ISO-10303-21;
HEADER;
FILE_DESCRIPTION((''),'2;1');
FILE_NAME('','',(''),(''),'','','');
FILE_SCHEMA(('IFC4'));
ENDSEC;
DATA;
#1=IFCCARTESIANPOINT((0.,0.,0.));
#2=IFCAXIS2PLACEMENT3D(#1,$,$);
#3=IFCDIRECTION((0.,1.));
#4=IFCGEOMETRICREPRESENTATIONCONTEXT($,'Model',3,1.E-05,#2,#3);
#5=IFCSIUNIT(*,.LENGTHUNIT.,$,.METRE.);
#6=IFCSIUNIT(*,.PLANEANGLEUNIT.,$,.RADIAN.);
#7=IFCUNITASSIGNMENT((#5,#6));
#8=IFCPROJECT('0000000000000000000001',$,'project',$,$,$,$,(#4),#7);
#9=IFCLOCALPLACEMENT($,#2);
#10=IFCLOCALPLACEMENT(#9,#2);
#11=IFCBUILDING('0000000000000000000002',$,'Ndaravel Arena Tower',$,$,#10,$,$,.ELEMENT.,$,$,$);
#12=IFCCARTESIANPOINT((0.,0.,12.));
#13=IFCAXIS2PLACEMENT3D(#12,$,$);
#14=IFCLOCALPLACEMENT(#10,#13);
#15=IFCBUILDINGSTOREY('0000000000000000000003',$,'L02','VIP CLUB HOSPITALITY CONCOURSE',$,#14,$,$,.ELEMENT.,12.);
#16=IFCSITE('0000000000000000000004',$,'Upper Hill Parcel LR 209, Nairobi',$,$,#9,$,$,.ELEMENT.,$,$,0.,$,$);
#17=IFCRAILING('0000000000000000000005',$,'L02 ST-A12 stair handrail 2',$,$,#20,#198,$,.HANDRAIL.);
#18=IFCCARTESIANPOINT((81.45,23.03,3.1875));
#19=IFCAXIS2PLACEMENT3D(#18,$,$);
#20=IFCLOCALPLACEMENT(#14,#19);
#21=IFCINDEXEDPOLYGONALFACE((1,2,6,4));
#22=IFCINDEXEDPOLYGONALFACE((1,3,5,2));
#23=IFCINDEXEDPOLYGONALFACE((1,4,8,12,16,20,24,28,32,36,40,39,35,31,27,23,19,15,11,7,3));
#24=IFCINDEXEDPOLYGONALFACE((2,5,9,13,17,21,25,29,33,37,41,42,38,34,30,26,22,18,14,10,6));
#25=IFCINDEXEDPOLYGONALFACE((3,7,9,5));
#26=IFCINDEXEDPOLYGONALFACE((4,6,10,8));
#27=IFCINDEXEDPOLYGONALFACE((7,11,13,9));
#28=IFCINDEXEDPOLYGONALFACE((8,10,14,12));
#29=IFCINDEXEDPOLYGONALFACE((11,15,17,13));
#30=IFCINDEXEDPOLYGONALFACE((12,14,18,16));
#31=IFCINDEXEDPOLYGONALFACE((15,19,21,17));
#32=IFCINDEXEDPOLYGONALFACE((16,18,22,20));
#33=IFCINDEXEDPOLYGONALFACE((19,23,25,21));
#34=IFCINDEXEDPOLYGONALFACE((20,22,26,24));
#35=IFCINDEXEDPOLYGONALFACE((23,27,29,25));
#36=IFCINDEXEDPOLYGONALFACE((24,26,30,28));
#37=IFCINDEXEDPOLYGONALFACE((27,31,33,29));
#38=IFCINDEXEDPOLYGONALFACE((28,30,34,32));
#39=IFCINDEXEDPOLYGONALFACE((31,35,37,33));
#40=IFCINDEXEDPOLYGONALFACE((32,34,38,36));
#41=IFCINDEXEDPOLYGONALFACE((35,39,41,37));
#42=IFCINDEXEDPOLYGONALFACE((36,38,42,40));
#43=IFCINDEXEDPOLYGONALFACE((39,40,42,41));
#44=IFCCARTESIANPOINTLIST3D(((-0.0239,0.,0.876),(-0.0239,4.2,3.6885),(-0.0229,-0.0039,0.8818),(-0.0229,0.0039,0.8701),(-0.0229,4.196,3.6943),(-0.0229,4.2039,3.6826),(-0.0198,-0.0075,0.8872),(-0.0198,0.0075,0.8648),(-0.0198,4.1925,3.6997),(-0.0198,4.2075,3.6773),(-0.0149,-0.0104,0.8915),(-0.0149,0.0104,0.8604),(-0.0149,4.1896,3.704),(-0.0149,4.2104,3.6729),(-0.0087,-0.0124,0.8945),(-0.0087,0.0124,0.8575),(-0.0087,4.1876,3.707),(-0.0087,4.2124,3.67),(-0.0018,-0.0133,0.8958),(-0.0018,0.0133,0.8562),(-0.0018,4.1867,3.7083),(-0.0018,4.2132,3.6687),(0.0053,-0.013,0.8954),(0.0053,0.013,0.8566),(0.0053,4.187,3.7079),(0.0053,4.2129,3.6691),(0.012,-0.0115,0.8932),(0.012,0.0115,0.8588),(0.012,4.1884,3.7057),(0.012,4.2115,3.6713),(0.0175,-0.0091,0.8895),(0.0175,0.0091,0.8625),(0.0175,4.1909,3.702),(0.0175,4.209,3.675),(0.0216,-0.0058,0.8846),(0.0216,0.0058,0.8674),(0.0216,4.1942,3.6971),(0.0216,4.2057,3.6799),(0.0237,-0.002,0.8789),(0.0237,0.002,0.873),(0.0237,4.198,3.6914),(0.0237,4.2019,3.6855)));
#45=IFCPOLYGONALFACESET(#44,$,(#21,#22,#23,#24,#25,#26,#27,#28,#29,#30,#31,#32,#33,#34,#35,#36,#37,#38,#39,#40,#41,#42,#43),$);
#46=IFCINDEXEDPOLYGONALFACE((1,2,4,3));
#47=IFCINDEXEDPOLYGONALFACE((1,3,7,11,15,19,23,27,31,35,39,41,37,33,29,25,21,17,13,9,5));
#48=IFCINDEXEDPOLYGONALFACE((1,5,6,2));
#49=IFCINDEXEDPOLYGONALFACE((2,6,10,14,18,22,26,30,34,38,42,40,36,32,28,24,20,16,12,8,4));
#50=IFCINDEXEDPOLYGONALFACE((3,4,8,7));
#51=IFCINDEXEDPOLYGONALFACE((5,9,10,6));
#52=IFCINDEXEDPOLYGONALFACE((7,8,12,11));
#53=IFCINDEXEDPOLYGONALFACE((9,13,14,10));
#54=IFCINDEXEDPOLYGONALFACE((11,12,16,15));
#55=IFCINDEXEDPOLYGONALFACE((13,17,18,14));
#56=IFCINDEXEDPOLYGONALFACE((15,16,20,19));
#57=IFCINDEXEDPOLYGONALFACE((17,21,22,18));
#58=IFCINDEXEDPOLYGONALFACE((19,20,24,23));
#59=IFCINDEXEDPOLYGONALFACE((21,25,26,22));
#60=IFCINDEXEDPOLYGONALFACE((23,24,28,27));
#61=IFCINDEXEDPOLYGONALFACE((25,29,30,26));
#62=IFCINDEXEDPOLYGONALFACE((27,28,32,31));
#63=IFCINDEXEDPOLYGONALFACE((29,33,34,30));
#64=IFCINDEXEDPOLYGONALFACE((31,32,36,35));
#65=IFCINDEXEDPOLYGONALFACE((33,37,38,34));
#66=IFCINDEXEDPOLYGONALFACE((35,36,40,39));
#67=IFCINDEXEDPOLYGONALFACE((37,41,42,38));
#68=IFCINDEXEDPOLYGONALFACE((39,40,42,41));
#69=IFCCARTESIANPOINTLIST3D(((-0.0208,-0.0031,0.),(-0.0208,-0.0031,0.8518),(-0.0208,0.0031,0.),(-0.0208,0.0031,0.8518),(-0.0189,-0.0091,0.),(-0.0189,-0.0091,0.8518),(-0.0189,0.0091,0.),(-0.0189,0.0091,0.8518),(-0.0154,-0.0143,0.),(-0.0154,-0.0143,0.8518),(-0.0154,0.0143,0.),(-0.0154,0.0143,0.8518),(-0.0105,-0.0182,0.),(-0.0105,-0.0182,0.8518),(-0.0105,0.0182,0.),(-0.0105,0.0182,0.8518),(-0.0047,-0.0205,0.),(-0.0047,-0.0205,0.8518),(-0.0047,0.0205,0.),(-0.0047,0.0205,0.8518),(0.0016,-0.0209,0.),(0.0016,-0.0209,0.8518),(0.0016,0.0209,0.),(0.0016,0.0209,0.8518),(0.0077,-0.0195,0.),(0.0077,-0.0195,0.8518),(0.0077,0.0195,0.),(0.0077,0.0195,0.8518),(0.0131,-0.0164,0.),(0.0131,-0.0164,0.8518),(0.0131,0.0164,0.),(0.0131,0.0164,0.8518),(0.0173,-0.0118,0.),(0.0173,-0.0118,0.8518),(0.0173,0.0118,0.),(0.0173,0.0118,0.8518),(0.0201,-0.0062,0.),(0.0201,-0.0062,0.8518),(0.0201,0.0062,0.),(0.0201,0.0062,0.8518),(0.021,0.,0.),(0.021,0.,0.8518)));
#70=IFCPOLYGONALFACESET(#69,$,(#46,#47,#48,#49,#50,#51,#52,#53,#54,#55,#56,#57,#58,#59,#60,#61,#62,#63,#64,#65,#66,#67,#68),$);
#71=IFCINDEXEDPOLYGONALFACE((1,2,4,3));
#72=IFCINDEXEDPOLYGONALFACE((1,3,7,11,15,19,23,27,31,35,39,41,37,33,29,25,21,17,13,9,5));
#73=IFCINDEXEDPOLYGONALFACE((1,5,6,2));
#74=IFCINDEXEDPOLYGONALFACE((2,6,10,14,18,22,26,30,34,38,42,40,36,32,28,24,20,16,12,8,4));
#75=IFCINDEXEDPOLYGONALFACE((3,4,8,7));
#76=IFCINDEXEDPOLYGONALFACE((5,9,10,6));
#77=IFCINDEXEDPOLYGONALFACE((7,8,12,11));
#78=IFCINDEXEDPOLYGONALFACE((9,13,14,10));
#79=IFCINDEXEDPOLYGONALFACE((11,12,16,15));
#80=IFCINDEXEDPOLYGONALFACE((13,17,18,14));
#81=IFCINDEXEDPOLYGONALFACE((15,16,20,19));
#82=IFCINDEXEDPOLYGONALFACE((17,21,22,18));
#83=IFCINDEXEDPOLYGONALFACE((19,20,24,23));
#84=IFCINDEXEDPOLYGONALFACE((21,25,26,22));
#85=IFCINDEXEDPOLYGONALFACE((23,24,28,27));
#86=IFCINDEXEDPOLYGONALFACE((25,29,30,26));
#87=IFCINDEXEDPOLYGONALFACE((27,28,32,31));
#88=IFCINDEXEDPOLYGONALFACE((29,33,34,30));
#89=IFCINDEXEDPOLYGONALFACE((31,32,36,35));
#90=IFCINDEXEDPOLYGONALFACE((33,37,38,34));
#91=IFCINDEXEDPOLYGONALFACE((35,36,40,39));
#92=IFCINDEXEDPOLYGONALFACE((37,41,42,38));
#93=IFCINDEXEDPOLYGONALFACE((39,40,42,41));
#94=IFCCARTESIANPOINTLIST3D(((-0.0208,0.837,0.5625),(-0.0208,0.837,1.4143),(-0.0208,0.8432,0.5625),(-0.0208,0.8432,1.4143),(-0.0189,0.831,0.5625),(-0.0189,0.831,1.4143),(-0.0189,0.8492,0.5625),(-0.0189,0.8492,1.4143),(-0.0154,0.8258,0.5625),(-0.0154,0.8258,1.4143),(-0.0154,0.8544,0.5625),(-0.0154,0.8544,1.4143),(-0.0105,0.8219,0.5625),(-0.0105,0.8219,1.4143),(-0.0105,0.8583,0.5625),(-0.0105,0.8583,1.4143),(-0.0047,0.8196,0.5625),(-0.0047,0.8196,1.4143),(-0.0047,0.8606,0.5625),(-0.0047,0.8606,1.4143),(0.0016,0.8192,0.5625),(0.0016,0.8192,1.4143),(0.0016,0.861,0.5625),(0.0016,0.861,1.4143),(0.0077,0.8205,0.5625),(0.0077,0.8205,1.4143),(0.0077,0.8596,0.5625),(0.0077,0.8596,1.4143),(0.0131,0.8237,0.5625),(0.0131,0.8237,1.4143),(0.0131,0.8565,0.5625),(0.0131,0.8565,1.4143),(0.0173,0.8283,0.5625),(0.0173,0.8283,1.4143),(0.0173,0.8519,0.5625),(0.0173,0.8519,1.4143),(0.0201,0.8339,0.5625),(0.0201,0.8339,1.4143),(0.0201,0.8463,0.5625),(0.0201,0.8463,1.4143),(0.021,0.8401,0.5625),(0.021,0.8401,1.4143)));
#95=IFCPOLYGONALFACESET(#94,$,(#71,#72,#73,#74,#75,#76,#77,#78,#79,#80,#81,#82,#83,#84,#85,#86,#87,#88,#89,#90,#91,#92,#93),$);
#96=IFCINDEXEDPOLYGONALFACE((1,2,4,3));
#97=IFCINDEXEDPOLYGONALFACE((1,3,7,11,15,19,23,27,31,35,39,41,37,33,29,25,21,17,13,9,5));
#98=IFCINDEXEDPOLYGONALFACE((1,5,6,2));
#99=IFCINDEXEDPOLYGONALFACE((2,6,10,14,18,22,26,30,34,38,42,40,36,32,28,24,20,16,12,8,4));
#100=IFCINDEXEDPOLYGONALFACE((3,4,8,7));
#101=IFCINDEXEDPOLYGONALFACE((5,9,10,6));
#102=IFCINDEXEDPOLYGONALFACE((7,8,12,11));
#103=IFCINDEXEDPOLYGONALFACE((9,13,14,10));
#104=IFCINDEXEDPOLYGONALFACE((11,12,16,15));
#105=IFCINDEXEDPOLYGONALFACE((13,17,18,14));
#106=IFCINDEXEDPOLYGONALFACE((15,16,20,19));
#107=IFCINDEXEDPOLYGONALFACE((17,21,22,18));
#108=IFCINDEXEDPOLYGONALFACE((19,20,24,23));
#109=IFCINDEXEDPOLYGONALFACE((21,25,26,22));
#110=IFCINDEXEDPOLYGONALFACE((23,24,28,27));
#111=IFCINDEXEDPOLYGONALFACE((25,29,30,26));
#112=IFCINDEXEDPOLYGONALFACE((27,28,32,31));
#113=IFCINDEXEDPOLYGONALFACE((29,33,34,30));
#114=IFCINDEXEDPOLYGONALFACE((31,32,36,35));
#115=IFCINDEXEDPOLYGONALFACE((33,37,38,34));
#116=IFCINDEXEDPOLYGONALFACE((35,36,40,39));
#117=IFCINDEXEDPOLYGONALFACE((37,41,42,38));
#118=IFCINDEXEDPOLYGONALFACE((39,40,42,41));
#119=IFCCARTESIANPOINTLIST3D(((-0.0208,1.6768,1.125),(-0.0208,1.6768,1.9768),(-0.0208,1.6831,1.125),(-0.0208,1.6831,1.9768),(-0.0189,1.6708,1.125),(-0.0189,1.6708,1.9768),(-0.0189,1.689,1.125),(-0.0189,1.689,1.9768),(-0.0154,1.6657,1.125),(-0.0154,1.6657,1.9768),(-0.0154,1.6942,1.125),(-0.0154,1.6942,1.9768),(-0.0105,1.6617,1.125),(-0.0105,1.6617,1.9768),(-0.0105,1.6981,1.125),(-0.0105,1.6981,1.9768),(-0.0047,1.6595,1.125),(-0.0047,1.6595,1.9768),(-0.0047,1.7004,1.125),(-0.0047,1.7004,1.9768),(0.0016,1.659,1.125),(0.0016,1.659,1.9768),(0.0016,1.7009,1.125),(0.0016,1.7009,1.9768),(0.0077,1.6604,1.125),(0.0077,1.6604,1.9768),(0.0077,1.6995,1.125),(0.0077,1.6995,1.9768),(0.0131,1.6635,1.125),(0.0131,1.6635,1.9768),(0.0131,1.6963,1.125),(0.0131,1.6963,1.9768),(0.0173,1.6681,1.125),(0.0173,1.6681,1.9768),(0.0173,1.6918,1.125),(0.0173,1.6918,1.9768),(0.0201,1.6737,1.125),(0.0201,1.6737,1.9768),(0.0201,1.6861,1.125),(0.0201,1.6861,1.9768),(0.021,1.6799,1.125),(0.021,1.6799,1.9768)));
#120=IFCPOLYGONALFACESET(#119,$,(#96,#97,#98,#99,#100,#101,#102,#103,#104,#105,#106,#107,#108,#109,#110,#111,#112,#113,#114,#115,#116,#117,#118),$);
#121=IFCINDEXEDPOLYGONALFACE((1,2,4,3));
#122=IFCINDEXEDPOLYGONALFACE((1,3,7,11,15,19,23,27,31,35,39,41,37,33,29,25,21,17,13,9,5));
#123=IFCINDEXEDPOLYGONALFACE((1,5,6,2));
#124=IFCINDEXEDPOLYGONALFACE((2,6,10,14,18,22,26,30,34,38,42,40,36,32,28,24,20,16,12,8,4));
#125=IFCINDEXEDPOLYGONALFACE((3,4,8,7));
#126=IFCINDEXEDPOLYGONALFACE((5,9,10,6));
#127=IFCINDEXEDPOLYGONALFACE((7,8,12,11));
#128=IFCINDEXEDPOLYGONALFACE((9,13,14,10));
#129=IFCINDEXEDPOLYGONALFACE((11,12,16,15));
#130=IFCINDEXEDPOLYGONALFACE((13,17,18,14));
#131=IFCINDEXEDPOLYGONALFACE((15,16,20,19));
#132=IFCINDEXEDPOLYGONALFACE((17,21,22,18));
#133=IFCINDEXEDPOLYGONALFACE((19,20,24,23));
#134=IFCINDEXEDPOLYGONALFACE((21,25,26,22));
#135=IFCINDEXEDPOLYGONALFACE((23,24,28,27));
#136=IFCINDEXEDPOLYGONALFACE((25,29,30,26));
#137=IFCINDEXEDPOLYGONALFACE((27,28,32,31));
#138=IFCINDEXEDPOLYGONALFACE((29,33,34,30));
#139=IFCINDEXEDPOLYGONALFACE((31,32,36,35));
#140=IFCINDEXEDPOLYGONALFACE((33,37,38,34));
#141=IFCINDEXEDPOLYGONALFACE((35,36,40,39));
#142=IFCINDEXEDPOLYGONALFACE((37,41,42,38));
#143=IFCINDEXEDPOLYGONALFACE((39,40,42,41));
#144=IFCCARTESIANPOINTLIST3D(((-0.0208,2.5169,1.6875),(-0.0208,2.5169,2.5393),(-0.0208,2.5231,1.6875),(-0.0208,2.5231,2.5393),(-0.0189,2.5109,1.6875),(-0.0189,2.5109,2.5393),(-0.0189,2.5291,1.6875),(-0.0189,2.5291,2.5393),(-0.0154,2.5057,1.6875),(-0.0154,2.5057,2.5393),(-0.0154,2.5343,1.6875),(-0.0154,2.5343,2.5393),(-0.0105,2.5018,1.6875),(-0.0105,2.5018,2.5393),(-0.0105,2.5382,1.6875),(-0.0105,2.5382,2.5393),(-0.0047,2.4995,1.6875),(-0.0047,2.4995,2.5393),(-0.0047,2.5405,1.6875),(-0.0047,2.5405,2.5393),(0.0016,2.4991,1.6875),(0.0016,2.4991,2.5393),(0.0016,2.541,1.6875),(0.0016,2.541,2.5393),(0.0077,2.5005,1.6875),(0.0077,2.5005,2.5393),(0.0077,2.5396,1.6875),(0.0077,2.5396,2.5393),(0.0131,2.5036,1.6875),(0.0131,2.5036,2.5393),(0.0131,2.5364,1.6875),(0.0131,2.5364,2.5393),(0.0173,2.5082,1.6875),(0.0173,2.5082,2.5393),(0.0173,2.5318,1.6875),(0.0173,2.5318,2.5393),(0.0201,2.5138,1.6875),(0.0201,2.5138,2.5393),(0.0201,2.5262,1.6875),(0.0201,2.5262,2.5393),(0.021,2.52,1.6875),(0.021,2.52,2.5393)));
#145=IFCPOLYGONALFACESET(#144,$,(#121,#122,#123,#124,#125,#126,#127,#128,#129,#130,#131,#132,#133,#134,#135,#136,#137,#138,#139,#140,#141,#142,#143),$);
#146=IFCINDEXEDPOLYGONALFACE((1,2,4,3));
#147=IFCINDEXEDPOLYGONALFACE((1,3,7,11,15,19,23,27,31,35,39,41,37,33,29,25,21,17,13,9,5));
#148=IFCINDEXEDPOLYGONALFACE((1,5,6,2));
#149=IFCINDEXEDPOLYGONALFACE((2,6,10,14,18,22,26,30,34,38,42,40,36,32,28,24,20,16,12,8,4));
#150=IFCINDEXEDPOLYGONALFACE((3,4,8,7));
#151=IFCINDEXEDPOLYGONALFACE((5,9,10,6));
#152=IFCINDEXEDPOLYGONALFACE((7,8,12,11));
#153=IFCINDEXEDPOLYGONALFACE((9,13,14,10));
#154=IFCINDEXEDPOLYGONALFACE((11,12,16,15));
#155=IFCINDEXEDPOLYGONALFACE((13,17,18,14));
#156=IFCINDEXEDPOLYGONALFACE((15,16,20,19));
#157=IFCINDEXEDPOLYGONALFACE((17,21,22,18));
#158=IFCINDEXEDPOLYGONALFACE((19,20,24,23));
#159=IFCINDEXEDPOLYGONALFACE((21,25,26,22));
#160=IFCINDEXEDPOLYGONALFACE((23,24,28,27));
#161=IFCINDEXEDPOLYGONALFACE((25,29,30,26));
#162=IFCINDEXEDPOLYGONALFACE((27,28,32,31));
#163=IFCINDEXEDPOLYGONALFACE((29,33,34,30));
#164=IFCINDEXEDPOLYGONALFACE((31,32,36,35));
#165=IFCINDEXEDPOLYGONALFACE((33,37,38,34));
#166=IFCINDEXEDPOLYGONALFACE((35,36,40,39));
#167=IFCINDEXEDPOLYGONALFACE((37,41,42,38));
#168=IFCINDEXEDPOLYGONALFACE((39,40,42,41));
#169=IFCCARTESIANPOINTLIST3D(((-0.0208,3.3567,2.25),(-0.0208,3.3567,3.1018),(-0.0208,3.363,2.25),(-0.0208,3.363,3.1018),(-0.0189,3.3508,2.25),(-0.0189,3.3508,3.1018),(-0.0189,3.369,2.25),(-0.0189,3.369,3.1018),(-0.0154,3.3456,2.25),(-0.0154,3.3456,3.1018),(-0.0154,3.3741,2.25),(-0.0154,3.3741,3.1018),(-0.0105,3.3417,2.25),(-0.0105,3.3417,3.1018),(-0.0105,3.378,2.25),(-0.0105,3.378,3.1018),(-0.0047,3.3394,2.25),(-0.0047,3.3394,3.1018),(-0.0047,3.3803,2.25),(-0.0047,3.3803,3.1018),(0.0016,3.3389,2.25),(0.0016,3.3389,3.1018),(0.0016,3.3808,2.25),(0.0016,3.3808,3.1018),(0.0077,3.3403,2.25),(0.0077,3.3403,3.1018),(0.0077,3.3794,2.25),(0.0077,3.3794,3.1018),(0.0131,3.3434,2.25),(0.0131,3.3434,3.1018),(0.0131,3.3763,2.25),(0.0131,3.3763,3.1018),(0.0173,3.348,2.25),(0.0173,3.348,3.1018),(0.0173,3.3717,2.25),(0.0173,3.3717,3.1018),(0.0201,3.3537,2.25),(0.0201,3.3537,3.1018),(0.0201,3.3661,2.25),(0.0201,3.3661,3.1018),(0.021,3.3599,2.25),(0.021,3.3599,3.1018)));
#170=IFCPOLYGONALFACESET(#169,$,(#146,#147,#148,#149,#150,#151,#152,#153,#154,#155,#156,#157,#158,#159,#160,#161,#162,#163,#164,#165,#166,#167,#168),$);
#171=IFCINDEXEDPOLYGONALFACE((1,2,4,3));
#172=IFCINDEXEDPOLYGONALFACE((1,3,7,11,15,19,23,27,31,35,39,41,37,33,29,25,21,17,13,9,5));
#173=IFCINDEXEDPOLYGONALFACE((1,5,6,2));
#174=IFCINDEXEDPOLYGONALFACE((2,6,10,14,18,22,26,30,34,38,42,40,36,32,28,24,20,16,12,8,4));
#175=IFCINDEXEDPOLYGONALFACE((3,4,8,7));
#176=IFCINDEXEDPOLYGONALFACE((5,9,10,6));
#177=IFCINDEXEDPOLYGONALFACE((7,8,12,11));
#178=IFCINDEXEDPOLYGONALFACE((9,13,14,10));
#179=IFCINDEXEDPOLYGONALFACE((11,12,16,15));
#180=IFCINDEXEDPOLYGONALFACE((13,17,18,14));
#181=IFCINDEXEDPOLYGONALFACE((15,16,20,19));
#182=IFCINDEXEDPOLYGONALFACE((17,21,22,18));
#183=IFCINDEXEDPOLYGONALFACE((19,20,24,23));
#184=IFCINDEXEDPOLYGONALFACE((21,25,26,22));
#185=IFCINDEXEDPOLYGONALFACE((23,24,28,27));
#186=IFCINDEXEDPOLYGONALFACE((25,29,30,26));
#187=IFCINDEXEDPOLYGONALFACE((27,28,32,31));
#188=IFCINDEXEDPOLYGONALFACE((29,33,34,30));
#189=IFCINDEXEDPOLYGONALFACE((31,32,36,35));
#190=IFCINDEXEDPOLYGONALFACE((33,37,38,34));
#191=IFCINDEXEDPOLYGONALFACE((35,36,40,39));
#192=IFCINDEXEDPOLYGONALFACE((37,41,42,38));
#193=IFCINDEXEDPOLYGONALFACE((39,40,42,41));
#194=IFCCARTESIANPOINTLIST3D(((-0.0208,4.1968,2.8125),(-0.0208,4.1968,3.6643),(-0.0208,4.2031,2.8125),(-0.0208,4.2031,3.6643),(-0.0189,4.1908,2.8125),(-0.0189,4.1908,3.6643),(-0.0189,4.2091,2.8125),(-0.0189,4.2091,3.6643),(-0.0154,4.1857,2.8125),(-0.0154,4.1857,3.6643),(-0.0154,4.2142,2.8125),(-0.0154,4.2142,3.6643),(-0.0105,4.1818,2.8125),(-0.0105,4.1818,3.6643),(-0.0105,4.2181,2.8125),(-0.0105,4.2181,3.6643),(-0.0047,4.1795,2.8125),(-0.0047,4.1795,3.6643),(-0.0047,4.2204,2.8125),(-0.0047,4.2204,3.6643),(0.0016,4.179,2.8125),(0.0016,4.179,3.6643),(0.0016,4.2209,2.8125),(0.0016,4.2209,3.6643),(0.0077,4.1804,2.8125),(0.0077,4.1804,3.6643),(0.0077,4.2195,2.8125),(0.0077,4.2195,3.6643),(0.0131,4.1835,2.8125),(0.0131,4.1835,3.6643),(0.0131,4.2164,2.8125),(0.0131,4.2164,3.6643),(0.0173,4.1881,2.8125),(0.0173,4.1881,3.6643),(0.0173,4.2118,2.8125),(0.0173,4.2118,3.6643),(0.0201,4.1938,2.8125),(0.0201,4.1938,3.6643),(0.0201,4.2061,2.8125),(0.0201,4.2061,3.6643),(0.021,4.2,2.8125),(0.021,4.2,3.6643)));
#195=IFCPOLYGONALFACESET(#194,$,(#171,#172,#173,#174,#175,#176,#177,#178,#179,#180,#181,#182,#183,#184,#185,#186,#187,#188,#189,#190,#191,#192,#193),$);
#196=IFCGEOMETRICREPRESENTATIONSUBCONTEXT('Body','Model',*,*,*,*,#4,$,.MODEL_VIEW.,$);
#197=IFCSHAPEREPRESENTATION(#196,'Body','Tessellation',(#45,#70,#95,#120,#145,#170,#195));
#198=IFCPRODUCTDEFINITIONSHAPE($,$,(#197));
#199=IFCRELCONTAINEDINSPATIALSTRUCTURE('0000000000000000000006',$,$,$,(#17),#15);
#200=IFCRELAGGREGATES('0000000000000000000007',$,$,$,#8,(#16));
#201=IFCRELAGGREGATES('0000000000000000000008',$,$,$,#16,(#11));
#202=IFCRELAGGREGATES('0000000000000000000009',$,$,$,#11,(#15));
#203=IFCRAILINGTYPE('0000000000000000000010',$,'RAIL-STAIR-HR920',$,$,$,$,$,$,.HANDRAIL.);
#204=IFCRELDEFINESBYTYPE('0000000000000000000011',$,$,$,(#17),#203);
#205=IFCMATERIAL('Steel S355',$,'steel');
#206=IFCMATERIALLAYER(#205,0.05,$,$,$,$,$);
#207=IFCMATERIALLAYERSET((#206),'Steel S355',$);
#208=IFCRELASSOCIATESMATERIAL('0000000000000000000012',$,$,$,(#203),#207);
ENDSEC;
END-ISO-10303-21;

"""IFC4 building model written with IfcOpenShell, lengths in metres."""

from ifc_helpers import new_model, si_unit, direction, frame, origin, origin_2d, place, context, subcontext, project, spatial, circle, extrude, material, layer, layer_set, type_object, element, save


model = new_model("IFC4")

# Units and contexts
model_context = context("Model", 3, precision=1e-05, world=origin(), true_north=direction((0.0, 1.0)))
body_context = subcontext(model_context, "Body", "Model", "MODEL_VIEW")
ifc_project = project(units=[si_unit("LENGTHUNIT", "METRE"), si_unit("PLANEANGLEUNIT", "RADIAN")], contexts=[model_context])

# Site, building, storey
site_placement = place(None, origin())
site = spatial("IfcSite", under=ifc_project, at=site_placement, Name="Upper Hill Parcel LR 209, Nairobi", CompositionType="ELEMENT", RefElevation=0.0)
building_placement = place(site_placement, origin())
building = spatial("IfcBuilding", under=site, at=building_placement, Name="Ndaravel Arena Tower", CompositionType="ELEMENT")
storey_placement = place(building_placement, frame((0.0, 0.0, 12.0)))
storey = spatial("IfcBuildingStorey", under=building, at=storey_placement, Name="L02", Description="VIP CLUB HOSPITALITY CONCOURSE", CompositionType="ELEMENT", Elevation=12.0)

# Railing
ifc_material_1 = material(Name="Steel S355", Category="steel")
ifc_layer_1 = layer(ifc_material_1, 0.05)
ifc_layer_set_1 = layer_set([ifc_layer_1], Name="Steel S355")
railing_type_1 = type_object("IfcRailingType", Name="RAIL-STAIR-HR920", PredefinedType="HANDRAIL", material=ifc_layer_set_1)
railing_1_placement = place(storey_placement, frame((81.45, 23.03, 3.1875)))
element("IfcRailing", 1, at=railing_1_placement, inside=storey, type_object=railing_type_1, Name="L02 ST-A12 stair handrail 2", PredefinedType="HANDRAIL", context=body_context, shape_type="SweptSolid", body=[
    extrude(circle(Radius=0.0239, at=origin_2d()), frame((0.0, 0.0, 0.876), z_axis=(0.0, 0.830904, 0.556416), x_axis=(-1.0, 0.0, 0.0)), (0.0, 0.0, 1.0), 5.0547),
    extrude(circle(Radius=0.021, at=origin_2d()), origin(), (0.0, 0.0, 1.0), 0.8518),
    extrude(circle(Radius=0.021, at=origin_2d()), frame((0.0, 0.8401, 0.5625)), (0.0, 0.0, 1.0), 0.8518),
    extrude(circle(Radius=0.021, at=origin_2d()), frame((0.0, 1.6799, 1.125)), (0.0, 0.0, 1.0), 0.8518),
    extrude(circle(Radius=0.021, at=origin_2d()), frame((0.0, 2.52, 1.6875)), (0.0, 0.0, 1.0), 0.8518),
    extrude(circle(Radius=0.021, at=origin_2d()), frame((0.0, 3.3599, 2.25)), (0.0, 0.0, 1.0), 0.8518),
    extrude(circle(Radius=0.021, at=origin_2d()), frame((0.0, 4.2, 2.8125)), (0.0, 0.0, 1.0), 0.8518),
])

save(model, "model.ifc")
